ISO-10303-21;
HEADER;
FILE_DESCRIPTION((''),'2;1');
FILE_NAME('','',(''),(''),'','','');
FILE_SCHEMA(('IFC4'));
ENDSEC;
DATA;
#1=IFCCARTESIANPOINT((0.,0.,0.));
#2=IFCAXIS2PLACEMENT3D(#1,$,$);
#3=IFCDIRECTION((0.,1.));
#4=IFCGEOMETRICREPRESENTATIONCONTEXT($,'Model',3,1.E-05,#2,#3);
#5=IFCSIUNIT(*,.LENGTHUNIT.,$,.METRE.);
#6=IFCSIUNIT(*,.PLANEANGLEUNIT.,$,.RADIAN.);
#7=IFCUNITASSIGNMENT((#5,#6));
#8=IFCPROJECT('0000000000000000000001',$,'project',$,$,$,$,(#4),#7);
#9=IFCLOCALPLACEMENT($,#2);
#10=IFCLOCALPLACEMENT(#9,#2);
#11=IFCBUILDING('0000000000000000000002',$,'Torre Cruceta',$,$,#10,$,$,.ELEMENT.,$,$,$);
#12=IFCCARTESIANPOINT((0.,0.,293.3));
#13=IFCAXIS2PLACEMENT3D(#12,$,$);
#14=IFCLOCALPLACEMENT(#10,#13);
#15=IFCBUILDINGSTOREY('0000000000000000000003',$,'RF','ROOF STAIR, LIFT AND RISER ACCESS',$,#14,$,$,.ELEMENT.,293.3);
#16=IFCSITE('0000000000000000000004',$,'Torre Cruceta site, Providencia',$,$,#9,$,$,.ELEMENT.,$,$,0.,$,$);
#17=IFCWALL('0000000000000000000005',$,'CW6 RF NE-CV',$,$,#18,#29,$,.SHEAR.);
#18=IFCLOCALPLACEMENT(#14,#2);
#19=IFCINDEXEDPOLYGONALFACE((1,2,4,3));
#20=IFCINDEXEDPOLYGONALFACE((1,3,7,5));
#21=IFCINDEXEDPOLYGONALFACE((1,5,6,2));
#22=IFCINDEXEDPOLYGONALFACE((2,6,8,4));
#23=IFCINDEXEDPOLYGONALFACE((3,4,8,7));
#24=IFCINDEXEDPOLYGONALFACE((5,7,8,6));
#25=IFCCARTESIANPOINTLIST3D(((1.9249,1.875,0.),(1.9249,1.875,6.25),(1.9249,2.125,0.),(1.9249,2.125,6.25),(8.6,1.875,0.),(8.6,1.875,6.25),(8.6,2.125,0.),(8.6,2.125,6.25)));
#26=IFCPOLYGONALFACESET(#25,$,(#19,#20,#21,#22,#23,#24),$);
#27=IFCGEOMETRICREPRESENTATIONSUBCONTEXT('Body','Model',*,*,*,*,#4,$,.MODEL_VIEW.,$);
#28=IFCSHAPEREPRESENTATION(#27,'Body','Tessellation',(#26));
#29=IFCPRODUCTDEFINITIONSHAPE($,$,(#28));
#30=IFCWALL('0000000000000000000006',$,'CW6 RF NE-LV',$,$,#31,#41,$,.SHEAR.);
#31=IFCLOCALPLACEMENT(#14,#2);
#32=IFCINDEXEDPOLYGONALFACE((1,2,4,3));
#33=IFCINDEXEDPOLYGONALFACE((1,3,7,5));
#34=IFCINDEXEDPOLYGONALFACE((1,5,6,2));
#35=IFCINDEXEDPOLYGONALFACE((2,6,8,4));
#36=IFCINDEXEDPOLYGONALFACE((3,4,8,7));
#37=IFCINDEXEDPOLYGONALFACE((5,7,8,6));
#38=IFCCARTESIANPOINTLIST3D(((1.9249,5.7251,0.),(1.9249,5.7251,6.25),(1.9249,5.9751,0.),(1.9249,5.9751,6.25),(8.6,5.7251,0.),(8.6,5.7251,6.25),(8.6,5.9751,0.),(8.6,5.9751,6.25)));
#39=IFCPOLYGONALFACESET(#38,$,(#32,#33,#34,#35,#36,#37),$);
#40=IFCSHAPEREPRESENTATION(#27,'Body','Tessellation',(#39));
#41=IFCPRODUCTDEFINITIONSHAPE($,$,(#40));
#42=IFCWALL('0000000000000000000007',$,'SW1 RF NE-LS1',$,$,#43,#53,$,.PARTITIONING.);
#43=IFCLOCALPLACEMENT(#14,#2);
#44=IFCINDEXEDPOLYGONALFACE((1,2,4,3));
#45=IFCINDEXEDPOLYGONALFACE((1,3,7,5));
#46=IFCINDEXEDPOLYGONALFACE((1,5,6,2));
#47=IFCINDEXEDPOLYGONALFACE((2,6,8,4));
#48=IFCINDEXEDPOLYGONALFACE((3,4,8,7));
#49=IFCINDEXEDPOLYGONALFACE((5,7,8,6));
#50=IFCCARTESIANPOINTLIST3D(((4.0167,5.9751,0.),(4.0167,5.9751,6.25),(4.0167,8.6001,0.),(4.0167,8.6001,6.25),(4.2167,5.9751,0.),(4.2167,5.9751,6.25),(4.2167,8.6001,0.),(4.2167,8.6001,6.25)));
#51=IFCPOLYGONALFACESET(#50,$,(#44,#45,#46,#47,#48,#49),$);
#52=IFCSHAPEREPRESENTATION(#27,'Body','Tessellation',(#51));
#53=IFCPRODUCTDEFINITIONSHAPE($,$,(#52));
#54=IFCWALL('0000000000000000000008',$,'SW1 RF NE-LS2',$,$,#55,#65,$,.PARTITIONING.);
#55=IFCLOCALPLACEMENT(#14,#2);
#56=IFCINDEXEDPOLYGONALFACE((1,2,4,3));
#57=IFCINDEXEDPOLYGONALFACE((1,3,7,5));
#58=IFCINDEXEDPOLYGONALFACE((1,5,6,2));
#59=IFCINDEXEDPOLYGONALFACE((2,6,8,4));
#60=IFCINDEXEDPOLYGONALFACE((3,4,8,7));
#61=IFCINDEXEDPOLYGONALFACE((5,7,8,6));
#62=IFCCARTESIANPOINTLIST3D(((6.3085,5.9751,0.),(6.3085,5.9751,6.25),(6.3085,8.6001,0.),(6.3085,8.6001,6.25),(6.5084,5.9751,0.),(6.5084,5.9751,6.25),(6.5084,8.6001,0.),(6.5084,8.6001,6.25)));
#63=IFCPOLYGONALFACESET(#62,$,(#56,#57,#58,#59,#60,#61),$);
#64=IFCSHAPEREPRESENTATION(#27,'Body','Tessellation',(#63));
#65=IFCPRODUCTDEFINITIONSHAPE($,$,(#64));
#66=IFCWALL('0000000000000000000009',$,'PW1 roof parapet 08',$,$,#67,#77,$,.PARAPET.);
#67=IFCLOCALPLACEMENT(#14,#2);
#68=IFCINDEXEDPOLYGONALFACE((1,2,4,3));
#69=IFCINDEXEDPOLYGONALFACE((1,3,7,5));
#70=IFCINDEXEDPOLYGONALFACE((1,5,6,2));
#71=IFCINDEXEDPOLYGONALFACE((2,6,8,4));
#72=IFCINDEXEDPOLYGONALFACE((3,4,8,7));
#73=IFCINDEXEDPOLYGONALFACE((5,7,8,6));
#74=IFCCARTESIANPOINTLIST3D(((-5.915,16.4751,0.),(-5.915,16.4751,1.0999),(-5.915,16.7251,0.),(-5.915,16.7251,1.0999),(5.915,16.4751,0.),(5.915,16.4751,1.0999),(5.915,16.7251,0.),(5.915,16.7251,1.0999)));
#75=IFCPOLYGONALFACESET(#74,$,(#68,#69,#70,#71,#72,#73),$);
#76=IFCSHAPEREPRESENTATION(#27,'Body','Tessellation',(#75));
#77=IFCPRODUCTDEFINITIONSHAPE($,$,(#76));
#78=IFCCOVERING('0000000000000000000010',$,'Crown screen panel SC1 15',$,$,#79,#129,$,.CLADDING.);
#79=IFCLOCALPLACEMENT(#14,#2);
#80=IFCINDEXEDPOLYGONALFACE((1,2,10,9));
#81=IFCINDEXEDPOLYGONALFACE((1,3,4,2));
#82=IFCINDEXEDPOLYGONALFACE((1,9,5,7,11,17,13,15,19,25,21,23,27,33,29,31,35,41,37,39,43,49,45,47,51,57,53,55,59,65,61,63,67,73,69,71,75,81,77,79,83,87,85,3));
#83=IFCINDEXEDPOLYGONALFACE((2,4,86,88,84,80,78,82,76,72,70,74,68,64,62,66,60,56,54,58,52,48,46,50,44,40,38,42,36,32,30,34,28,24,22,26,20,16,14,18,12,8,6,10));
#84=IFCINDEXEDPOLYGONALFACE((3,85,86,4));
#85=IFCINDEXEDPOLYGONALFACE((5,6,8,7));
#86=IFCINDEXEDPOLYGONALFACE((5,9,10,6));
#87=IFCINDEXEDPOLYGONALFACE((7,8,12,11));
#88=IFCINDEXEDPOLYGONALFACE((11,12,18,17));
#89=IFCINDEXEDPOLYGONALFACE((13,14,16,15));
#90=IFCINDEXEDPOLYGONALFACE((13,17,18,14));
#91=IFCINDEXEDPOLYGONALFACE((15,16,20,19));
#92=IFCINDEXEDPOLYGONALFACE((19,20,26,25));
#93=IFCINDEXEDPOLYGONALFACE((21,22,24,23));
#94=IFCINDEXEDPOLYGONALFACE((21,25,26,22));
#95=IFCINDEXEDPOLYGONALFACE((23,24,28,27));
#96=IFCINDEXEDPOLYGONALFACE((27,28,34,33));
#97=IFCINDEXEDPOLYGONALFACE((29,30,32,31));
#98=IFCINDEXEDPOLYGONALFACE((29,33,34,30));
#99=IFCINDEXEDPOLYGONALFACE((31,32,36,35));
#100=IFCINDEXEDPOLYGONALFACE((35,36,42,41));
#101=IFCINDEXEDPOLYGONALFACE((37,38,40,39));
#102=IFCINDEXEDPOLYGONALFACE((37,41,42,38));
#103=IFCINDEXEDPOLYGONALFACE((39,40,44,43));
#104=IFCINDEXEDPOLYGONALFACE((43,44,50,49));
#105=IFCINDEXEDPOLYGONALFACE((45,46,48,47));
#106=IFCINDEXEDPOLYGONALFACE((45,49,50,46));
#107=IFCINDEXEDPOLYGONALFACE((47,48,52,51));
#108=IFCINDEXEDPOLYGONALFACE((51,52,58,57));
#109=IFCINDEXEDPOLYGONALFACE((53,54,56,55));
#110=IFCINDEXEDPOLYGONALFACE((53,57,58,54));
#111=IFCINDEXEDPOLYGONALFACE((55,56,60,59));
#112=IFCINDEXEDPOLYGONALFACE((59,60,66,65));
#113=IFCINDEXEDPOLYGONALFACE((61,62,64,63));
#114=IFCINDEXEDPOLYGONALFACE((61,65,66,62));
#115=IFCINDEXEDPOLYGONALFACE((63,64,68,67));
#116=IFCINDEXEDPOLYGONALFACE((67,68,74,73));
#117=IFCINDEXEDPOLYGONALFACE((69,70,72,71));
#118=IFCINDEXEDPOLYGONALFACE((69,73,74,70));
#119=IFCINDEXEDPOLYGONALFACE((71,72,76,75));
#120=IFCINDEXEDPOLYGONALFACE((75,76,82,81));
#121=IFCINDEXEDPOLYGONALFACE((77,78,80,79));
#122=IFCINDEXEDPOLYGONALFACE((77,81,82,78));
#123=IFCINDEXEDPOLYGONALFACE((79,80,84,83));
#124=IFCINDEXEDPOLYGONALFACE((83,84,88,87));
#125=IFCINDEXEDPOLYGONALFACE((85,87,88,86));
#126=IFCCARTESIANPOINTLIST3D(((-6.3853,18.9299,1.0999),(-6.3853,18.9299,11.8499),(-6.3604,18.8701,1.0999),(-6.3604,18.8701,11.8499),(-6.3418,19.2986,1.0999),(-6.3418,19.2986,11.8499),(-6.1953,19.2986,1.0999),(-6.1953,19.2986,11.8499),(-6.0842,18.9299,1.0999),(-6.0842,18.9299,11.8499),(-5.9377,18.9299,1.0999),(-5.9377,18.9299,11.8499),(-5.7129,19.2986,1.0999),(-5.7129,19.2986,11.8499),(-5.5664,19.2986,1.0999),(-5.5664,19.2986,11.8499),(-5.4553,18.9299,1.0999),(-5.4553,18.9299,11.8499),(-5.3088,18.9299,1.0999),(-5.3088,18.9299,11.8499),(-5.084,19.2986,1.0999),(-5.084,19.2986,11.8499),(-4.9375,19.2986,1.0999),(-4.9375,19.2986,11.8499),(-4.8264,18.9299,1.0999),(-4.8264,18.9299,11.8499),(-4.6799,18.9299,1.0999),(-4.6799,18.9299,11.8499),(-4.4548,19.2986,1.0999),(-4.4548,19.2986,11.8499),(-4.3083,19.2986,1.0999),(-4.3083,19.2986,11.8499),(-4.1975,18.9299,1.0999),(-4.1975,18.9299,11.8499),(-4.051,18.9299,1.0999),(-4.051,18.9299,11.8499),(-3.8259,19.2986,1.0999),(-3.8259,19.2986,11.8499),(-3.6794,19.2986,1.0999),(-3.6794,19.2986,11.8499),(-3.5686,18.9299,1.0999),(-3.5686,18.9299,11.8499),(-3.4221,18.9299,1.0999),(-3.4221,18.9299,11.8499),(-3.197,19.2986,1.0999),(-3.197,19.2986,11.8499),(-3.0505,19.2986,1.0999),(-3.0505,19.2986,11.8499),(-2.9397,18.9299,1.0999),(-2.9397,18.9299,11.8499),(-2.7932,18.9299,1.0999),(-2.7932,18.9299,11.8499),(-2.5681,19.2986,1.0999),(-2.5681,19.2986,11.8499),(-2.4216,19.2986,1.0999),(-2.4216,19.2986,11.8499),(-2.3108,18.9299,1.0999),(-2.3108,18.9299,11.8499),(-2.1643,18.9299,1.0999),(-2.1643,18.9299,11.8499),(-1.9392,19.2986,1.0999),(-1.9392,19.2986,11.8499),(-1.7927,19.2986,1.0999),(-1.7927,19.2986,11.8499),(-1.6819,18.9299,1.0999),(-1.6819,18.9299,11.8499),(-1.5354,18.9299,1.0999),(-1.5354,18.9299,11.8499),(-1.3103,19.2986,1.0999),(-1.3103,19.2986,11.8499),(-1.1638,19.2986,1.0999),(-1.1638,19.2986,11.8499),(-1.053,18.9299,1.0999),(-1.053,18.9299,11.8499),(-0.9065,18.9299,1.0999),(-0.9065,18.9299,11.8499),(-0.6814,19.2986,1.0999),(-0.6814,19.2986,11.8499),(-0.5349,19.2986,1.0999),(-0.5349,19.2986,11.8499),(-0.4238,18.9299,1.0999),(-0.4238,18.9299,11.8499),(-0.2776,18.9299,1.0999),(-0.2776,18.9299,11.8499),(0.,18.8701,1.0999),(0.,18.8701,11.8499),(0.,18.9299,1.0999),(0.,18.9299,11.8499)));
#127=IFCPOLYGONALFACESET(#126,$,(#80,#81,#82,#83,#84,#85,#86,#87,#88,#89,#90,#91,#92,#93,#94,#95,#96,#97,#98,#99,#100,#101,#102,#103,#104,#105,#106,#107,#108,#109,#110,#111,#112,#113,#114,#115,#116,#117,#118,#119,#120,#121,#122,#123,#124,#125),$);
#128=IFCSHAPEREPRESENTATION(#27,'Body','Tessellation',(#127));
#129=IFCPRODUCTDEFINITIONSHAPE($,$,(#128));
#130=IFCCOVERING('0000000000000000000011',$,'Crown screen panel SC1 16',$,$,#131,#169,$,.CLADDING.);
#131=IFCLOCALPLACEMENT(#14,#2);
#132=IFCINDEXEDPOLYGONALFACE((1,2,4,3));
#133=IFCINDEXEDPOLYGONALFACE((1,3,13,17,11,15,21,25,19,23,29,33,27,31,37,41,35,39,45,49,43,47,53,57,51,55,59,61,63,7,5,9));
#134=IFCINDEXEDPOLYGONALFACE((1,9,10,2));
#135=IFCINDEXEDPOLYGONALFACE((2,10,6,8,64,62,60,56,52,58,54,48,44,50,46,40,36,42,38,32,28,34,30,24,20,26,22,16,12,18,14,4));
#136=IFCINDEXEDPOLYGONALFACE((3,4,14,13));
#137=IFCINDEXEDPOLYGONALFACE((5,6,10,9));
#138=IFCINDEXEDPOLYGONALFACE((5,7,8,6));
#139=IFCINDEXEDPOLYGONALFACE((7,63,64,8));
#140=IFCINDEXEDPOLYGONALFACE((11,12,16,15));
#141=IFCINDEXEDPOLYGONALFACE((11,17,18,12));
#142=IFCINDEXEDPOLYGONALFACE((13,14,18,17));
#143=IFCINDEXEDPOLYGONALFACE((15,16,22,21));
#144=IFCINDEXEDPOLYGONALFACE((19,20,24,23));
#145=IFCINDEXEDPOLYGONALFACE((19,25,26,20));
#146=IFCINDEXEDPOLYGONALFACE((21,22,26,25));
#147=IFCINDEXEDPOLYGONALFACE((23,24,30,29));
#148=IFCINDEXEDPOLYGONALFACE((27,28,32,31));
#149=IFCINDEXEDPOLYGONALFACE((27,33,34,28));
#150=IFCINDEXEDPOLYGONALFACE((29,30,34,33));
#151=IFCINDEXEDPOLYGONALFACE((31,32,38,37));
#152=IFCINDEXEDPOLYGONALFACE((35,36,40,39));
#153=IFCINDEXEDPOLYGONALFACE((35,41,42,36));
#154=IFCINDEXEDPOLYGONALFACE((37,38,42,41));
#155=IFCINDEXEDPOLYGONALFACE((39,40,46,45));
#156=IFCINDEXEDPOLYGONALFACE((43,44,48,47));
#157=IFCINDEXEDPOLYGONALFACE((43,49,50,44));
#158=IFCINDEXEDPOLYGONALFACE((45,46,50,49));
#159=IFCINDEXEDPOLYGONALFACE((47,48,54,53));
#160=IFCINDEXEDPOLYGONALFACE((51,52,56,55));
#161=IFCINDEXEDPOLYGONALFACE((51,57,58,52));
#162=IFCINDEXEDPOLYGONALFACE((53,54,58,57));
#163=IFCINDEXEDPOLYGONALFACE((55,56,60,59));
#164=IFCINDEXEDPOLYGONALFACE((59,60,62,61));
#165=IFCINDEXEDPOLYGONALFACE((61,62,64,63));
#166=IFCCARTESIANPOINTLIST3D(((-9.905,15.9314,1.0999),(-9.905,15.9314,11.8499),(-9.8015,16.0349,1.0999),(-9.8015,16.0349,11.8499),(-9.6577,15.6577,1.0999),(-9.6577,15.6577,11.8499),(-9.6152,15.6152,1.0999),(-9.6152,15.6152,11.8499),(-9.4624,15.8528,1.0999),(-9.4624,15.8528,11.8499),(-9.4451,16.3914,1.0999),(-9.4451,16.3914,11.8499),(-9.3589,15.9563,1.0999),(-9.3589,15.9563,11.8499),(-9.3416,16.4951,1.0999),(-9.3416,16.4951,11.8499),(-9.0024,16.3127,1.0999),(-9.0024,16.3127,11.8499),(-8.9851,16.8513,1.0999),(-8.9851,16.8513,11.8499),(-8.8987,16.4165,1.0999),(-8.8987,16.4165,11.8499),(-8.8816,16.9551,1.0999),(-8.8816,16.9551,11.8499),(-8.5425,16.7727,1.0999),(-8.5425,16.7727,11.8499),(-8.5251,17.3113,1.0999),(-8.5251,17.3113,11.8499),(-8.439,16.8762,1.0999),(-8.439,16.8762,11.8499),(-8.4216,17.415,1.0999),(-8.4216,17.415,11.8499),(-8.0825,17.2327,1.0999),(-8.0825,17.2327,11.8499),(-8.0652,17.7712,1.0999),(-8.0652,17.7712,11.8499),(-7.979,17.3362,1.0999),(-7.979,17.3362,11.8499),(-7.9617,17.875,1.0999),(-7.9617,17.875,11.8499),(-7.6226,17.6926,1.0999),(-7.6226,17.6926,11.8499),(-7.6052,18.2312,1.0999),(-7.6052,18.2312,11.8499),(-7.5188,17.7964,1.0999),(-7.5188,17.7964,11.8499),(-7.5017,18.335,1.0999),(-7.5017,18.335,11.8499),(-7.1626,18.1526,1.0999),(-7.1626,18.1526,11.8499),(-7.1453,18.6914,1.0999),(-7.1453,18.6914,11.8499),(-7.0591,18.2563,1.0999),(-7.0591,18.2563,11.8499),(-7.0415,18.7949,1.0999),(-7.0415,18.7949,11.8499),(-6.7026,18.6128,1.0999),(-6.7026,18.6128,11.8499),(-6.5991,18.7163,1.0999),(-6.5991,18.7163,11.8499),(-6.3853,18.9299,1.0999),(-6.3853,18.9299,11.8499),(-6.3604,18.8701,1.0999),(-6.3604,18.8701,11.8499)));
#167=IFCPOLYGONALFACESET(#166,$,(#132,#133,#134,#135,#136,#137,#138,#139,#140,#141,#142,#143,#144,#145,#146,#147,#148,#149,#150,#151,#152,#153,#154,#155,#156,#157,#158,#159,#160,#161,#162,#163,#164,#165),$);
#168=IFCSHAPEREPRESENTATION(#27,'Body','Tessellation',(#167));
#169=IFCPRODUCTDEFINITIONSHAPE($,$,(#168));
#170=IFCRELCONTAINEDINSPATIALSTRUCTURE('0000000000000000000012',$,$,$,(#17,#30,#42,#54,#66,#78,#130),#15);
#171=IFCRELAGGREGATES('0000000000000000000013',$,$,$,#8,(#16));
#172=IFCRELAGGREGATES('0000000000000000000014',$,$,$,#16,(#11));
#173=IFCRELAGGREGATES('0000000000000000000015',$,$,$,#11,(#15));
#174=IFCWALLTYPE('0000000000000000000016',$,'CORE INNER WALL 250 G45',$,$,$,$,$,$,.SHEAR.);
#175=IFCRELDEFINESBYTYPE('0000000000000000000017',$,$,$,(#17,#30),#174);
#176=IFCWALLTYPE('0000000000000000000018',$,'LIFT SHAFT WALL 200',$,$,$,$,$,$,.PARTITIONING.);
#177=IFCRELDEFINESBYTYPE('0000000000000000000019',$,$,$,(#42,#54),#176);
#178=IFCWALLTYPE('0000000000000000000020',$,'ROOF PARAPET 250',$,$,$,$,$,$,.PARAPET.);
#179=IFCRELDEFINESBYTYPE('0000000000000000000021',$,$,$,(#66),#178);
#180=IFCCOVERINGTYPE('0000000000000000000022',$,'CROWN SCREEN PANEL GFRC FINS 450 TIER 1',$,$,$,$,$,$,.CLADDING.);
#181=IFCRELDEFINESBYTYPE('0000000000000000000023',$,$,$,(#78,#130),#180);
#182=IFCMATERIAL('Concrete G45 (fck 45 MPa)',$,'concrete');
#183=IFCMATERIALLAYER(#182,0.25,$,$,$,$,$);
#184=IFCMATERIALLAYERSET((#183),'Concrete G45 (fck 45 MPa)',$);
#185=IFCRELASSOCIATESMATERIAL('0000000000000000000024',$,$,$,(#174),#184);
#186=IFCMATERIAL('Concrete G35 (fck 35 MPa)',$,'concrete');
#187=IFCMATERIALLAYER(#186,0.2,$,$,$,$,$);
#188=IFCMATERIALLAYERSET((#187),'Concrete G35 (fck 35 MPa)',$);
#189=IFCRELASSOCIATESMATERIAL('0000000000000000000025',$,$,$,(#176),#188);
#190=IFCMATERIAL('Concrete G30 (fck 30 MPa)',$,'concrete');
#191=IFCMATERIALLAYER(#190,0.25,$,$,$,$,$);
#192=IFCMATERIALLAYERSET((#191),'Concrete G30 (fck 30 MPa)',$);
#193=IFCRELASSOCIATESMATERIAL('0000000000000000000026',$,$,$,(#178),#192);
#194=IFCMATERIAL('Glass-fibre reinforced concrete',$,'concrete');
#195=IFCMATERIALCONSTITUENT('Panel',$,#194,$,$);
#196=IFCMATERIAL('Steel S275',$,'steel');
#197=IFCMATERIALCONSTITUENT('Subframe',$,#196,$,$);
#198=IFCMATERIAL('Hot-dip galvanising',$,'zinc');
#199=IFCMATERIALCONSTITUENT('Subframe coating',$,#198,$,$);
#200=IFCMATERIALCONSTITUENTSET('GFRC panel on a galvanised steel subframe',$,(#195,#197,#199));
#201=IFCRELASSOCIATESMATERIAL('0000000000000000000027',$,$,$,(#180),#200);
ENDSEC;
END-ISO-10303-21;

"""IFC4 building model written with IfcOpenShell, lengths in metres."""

from ifc_helpers import new_model, si_unit, direction, frame, frame_2d, origin, place, context, subcontext, project, spatial, polyline, rectangle, outline, extrude, material, layer, layer_set, constituent, constituent_set, type_object, element, save


model = new_model("IFC4")

# Units and contexts
model_context = context("Model", 3, precision=1e-05, world=origin(), true_north=direction((0.0, 1.0)))
body_context = subcontext(model_context, "Body", "Model", "MODEL_VIEW")
ifc_project = project(units=[si_unit("LENGTHUNIT", "METRE"), si_unit("PLANEANGLEUNIT", "RADIAN")], contexts=[model_context])

# Site, building, storey
site_placement = place(None, origin())
site = spatial("IfcSite", under=ifc_project, at=site_placement, Name="Torre Cruceta site, Providencia", CompositionType="ELEMENT", RefElevation=0.0)
building_placement = place(site_placement, origin())
building = spatial("IfcBuilding", under=site, at=building_placement, Name="Torre Cruceta", CompositionType="ELEMENT")
storey_placement = place(building_placement, frame((0.0, 0.0, 293.3)))
storey = spatial("IfcBuildingStorey", under=building, at=storey_placement, Name="RF", Description="ROOF STAIR, LIFT AND RISER ACCESS", CompositionType="ELEMENT", Elevation=293.3)

# Walls
ifc_material_1 = material(Name="Concrete G45 (fck 45 MPa)", Category="concrete")
ifc_layer_1 = layer(ifc_material_1, 0.25)
ifc_layer_set_1 = layer_set([ifc_layer_1], Name="Concrete G45 (fck 45 MPa)")
wall_type_1 = type_object("IfcWallType", Name="CORE INNER WALL 250 G45", PredefinedType="SHEAR", material=ifc_layer_set_1)
for number, where, z_axis, x_axis, name in (
    (1, (1.925, 2.0, 0.0), (0.0, 0.0, 1.0), (1.0, 0.0, 0.0), "CW6 RF NE-CV"),
    (2, (1.925, 5.8501, 0.0), (0.0, 0.0, 1.0), (1.0, 0.0, 0.0), "CW6 RF NE-LV"),
):
    element("IfcWall", number, at=place(storey_placement, frame(where, z_axis=z_axis, x_axis=x_axis)), inside=storey, type_object=wall_type_1, Name=name, PredefinedType="SHEAR", context=body_context, shape_type="SweptSolid", body=[
        extrude(rectangle(XDim=6.675, YDim=0.25, at=frame_2d((3.3374, 0.0))), origin(), (0.0, 0.0, 1.0), 6.25),
    ])
ifc_material_2 = material(Name="Concrete G35 (fck 35 MPa)", Category="concrete")
ifc_layer_2 = layer(ifc_material_2, 0.2)
ifc_layer_set_2 = layer_set([ifc_layer_2], Name="Concrete G35 (fck 35 MPa)")
wall_type_2 = type_object("IfcWallType", Name="LIFT SHAFT WALL 200", PredefinedType="PARTITIONING", material=ifc_layer_set_2)
for number, where, z_axis, x_axis, name in (
    (3, (4.1167, 5.9751, 0.0), (0.0, 0.0, 1.0), (0.0, 1.0, 0.0), "SW1 RF NE-LS1"),
    (4, (6.4084, 5.9751, 0.0), (0.0, 0.0, 1.0), (0.0, 1.0, 0.0), "SW1 RF NE-LS2"),
):
    element("IfcWall", number, at=place(storey_placement, frame(where, z_axis=z_axis, x_axis=x_axis)), inside=storey, type_object=wall_type_2, Name=name, PredefinedType="PARTITIONING", context=body_context, shape_type="SweptSolid", body=[
        extrude(rectangle(XDim=2.625, YDim=0.2, at=frame_2d((1.3125, 0.0))), origin(), (0.0, 0.0, 1.0), 6.25),
    ])
ifc_material_3 = material(Name="Concrete G30 (fck 30 MPa)", Category="concrete")
ifc_layer_3 = layer(ifc_material_3, 0.25)
ifc_layer_set_3 = layer_set([ifc_layer_3], Name="Concrete G30 (fck 30 MPa)")
wall_type_3 = type_object("IfcWallType", Name="ROOF PARAPET 250", PredefinedType="PARAPET", material=ifc_layer_set_3)
wall_1_placement = place(storey_placement, frame((5.915, 16.6001, 0.0), z_axis=(0.0, 0.0, 1.0), x_axis=(-1.0, 0.0, 0.0)))
element("IfcWall", 5, at=wall_1_placement, inside=storey, type_object=wall_type_3, Name="PW1 roof parapet 08", PredefinedType="PARAPET", context=body_context, shape_type="SweptSolid", body=[
    extrude(rectangle(XDim=11.8301, YDim=0.25, at=frame_2d((5.915, 0.0))), origin(), (0.0, 0.0, 1.0), 1.0999),
])

# Coverings
ifc_material_4 = material(Name="Glass-fibre reinforced concrete", Category="concrete")
ifc_constituent_1 = constituent(ifc_material_4, Name="Panel")
ifc_material_5 = material(Name="Steel S275", Category="steel")
ifc_constituent_2 = constituent(ifc_material_5, Name="Subframe")
ifc_material_6 = material(Name="Hot-dip galvanising", Category="zinc")
ifc_constituent_3 = constituent(ifc_material_6, Name="Subframe coating")
ifc_constituent_set = constituent_set(constituents=[ifc_constituent_1, ifc_constituent_2, ifc_constituent_3], Name="GFRC panel on a galvanised steel subframe")
covering_type_1 = type_object("IfcCoveringType", Name="CROWN SCREEN PANEL GFRC FINS 450 TIER 1", PredefinedType="CLADDING", material=ifc_constituent_set)
covering_1_placement = place(storey_placement, frame((0.0, 0.0, 1.0999)))
element("IfcCovering", 6, at=covering_1_placement, inside=storey, type_object=covering_type_1, Name="Crown screen panel SC1 15", PredefinedType="CLADDING", context=body_context, shape_type="SweptSolid", body=[
    extrude(outline(polyline([(-6.3853, 18.9299), (-6.3604, 18.8701), (0.0, 18.8701), (0.0, 18.9299), (-0.2776, 18.9299), (-0.5349, 19.2986), (-0.6814, 19.2986), (-0.4238, 18.9299), (-0.9065, 18.9299), (-1.1638, 19.2986), (-1.3103, 19.2986), (-1.053, 18.9299), (-1.5354, 18.9299), (-1.7927, 19.2986), (-1.9392, 19.2986), (-1.6819, 18.9299), (-2.1643, 18.9299), (-2.4216, 19.2986), (-2.5681, 19.2986), (-2.3108, 18.9299), (-2.7932, 18.9299), (-3.0505, 19.2986), (-3.197, 19.2986), (-2.9397, 18.9299), (-3.4221, 18.9299), (-3.6794, 19.2986), (-3.8259, 19.2986), (-3.5686, 18.9299), (-4.051, 18.9299), (-4.3083, 19.2986), (-4.4548, 19.2986), (-4.1975, 18.9299), (-4.6799, 18.9299), (-4.9375, 19.2986), (-5.084, 19.2986), (-4.8264, 18.9299), (-5.3088, 18.9299), (-5.5664, 19.2986), (-5.7129, 19.2986), (-5.4553, 18.9299), (-5.9377, 18.9299), (-6.1953, 19.2986), (-6.3418, 19.2986), (-6.0842, 18.9299), (-6.3853, 18.9299)])), origin(), (0.0, 0.0, 1.0), 10.75),
])
covering_2_placement = place(storey_placement, frame((0.0, 0.0, 1.0999)))
element("IfcCovering", 7, at=covering_2_placement, inside=storey, type_object=covering_type_1, Name="Crown screen panel SC1 16", PredefinedType="CLADDING", context=body_context, shape_type="SweptSolid", body=[
    extrude(outline(polyline([(-9.905, 15.9314), (-9.4624, 15.8528), (-9.6577, 15.6577), (-9.6152, 15.6152), (-6.3604, 18.8701), (-6.3853, 18.9299), (-6.5991, 18.7163), (-7.0415, 18.7949), (-7.1453, 18.6914), (-6.7026, 18.6128), (-7.0591, 18.2563), (-7.5017, 18.335), (-7.6052, 18.2312), (-7.1626, 18.1526), (-7.5188, 17.7964), (-7.9617, 17.875), (-8.0652, 17.7712), (-7.6226, 17.6926), (-7.979, 17.3362), (-8.4216, 17.415), (-8.5251, 17.3113), (-8.0825, 17.2327), (-8.439, 16.8762), (-8.8816, 16.9551), (-8.9851, 16.8513), (-8.5425, 16.7727), (-8.8987, 16.4165), (-9.3416, 16.4951), (-9.4451, 16.3914), (-9.0024, 16.3127), (-9.3589, 15.9563), (-9.8015, 16.0349), (-9.905, 15.9314)])), origin(), (0.0, 0.0, 1.0), 10.75),
])

save(model, "model.ifc")
